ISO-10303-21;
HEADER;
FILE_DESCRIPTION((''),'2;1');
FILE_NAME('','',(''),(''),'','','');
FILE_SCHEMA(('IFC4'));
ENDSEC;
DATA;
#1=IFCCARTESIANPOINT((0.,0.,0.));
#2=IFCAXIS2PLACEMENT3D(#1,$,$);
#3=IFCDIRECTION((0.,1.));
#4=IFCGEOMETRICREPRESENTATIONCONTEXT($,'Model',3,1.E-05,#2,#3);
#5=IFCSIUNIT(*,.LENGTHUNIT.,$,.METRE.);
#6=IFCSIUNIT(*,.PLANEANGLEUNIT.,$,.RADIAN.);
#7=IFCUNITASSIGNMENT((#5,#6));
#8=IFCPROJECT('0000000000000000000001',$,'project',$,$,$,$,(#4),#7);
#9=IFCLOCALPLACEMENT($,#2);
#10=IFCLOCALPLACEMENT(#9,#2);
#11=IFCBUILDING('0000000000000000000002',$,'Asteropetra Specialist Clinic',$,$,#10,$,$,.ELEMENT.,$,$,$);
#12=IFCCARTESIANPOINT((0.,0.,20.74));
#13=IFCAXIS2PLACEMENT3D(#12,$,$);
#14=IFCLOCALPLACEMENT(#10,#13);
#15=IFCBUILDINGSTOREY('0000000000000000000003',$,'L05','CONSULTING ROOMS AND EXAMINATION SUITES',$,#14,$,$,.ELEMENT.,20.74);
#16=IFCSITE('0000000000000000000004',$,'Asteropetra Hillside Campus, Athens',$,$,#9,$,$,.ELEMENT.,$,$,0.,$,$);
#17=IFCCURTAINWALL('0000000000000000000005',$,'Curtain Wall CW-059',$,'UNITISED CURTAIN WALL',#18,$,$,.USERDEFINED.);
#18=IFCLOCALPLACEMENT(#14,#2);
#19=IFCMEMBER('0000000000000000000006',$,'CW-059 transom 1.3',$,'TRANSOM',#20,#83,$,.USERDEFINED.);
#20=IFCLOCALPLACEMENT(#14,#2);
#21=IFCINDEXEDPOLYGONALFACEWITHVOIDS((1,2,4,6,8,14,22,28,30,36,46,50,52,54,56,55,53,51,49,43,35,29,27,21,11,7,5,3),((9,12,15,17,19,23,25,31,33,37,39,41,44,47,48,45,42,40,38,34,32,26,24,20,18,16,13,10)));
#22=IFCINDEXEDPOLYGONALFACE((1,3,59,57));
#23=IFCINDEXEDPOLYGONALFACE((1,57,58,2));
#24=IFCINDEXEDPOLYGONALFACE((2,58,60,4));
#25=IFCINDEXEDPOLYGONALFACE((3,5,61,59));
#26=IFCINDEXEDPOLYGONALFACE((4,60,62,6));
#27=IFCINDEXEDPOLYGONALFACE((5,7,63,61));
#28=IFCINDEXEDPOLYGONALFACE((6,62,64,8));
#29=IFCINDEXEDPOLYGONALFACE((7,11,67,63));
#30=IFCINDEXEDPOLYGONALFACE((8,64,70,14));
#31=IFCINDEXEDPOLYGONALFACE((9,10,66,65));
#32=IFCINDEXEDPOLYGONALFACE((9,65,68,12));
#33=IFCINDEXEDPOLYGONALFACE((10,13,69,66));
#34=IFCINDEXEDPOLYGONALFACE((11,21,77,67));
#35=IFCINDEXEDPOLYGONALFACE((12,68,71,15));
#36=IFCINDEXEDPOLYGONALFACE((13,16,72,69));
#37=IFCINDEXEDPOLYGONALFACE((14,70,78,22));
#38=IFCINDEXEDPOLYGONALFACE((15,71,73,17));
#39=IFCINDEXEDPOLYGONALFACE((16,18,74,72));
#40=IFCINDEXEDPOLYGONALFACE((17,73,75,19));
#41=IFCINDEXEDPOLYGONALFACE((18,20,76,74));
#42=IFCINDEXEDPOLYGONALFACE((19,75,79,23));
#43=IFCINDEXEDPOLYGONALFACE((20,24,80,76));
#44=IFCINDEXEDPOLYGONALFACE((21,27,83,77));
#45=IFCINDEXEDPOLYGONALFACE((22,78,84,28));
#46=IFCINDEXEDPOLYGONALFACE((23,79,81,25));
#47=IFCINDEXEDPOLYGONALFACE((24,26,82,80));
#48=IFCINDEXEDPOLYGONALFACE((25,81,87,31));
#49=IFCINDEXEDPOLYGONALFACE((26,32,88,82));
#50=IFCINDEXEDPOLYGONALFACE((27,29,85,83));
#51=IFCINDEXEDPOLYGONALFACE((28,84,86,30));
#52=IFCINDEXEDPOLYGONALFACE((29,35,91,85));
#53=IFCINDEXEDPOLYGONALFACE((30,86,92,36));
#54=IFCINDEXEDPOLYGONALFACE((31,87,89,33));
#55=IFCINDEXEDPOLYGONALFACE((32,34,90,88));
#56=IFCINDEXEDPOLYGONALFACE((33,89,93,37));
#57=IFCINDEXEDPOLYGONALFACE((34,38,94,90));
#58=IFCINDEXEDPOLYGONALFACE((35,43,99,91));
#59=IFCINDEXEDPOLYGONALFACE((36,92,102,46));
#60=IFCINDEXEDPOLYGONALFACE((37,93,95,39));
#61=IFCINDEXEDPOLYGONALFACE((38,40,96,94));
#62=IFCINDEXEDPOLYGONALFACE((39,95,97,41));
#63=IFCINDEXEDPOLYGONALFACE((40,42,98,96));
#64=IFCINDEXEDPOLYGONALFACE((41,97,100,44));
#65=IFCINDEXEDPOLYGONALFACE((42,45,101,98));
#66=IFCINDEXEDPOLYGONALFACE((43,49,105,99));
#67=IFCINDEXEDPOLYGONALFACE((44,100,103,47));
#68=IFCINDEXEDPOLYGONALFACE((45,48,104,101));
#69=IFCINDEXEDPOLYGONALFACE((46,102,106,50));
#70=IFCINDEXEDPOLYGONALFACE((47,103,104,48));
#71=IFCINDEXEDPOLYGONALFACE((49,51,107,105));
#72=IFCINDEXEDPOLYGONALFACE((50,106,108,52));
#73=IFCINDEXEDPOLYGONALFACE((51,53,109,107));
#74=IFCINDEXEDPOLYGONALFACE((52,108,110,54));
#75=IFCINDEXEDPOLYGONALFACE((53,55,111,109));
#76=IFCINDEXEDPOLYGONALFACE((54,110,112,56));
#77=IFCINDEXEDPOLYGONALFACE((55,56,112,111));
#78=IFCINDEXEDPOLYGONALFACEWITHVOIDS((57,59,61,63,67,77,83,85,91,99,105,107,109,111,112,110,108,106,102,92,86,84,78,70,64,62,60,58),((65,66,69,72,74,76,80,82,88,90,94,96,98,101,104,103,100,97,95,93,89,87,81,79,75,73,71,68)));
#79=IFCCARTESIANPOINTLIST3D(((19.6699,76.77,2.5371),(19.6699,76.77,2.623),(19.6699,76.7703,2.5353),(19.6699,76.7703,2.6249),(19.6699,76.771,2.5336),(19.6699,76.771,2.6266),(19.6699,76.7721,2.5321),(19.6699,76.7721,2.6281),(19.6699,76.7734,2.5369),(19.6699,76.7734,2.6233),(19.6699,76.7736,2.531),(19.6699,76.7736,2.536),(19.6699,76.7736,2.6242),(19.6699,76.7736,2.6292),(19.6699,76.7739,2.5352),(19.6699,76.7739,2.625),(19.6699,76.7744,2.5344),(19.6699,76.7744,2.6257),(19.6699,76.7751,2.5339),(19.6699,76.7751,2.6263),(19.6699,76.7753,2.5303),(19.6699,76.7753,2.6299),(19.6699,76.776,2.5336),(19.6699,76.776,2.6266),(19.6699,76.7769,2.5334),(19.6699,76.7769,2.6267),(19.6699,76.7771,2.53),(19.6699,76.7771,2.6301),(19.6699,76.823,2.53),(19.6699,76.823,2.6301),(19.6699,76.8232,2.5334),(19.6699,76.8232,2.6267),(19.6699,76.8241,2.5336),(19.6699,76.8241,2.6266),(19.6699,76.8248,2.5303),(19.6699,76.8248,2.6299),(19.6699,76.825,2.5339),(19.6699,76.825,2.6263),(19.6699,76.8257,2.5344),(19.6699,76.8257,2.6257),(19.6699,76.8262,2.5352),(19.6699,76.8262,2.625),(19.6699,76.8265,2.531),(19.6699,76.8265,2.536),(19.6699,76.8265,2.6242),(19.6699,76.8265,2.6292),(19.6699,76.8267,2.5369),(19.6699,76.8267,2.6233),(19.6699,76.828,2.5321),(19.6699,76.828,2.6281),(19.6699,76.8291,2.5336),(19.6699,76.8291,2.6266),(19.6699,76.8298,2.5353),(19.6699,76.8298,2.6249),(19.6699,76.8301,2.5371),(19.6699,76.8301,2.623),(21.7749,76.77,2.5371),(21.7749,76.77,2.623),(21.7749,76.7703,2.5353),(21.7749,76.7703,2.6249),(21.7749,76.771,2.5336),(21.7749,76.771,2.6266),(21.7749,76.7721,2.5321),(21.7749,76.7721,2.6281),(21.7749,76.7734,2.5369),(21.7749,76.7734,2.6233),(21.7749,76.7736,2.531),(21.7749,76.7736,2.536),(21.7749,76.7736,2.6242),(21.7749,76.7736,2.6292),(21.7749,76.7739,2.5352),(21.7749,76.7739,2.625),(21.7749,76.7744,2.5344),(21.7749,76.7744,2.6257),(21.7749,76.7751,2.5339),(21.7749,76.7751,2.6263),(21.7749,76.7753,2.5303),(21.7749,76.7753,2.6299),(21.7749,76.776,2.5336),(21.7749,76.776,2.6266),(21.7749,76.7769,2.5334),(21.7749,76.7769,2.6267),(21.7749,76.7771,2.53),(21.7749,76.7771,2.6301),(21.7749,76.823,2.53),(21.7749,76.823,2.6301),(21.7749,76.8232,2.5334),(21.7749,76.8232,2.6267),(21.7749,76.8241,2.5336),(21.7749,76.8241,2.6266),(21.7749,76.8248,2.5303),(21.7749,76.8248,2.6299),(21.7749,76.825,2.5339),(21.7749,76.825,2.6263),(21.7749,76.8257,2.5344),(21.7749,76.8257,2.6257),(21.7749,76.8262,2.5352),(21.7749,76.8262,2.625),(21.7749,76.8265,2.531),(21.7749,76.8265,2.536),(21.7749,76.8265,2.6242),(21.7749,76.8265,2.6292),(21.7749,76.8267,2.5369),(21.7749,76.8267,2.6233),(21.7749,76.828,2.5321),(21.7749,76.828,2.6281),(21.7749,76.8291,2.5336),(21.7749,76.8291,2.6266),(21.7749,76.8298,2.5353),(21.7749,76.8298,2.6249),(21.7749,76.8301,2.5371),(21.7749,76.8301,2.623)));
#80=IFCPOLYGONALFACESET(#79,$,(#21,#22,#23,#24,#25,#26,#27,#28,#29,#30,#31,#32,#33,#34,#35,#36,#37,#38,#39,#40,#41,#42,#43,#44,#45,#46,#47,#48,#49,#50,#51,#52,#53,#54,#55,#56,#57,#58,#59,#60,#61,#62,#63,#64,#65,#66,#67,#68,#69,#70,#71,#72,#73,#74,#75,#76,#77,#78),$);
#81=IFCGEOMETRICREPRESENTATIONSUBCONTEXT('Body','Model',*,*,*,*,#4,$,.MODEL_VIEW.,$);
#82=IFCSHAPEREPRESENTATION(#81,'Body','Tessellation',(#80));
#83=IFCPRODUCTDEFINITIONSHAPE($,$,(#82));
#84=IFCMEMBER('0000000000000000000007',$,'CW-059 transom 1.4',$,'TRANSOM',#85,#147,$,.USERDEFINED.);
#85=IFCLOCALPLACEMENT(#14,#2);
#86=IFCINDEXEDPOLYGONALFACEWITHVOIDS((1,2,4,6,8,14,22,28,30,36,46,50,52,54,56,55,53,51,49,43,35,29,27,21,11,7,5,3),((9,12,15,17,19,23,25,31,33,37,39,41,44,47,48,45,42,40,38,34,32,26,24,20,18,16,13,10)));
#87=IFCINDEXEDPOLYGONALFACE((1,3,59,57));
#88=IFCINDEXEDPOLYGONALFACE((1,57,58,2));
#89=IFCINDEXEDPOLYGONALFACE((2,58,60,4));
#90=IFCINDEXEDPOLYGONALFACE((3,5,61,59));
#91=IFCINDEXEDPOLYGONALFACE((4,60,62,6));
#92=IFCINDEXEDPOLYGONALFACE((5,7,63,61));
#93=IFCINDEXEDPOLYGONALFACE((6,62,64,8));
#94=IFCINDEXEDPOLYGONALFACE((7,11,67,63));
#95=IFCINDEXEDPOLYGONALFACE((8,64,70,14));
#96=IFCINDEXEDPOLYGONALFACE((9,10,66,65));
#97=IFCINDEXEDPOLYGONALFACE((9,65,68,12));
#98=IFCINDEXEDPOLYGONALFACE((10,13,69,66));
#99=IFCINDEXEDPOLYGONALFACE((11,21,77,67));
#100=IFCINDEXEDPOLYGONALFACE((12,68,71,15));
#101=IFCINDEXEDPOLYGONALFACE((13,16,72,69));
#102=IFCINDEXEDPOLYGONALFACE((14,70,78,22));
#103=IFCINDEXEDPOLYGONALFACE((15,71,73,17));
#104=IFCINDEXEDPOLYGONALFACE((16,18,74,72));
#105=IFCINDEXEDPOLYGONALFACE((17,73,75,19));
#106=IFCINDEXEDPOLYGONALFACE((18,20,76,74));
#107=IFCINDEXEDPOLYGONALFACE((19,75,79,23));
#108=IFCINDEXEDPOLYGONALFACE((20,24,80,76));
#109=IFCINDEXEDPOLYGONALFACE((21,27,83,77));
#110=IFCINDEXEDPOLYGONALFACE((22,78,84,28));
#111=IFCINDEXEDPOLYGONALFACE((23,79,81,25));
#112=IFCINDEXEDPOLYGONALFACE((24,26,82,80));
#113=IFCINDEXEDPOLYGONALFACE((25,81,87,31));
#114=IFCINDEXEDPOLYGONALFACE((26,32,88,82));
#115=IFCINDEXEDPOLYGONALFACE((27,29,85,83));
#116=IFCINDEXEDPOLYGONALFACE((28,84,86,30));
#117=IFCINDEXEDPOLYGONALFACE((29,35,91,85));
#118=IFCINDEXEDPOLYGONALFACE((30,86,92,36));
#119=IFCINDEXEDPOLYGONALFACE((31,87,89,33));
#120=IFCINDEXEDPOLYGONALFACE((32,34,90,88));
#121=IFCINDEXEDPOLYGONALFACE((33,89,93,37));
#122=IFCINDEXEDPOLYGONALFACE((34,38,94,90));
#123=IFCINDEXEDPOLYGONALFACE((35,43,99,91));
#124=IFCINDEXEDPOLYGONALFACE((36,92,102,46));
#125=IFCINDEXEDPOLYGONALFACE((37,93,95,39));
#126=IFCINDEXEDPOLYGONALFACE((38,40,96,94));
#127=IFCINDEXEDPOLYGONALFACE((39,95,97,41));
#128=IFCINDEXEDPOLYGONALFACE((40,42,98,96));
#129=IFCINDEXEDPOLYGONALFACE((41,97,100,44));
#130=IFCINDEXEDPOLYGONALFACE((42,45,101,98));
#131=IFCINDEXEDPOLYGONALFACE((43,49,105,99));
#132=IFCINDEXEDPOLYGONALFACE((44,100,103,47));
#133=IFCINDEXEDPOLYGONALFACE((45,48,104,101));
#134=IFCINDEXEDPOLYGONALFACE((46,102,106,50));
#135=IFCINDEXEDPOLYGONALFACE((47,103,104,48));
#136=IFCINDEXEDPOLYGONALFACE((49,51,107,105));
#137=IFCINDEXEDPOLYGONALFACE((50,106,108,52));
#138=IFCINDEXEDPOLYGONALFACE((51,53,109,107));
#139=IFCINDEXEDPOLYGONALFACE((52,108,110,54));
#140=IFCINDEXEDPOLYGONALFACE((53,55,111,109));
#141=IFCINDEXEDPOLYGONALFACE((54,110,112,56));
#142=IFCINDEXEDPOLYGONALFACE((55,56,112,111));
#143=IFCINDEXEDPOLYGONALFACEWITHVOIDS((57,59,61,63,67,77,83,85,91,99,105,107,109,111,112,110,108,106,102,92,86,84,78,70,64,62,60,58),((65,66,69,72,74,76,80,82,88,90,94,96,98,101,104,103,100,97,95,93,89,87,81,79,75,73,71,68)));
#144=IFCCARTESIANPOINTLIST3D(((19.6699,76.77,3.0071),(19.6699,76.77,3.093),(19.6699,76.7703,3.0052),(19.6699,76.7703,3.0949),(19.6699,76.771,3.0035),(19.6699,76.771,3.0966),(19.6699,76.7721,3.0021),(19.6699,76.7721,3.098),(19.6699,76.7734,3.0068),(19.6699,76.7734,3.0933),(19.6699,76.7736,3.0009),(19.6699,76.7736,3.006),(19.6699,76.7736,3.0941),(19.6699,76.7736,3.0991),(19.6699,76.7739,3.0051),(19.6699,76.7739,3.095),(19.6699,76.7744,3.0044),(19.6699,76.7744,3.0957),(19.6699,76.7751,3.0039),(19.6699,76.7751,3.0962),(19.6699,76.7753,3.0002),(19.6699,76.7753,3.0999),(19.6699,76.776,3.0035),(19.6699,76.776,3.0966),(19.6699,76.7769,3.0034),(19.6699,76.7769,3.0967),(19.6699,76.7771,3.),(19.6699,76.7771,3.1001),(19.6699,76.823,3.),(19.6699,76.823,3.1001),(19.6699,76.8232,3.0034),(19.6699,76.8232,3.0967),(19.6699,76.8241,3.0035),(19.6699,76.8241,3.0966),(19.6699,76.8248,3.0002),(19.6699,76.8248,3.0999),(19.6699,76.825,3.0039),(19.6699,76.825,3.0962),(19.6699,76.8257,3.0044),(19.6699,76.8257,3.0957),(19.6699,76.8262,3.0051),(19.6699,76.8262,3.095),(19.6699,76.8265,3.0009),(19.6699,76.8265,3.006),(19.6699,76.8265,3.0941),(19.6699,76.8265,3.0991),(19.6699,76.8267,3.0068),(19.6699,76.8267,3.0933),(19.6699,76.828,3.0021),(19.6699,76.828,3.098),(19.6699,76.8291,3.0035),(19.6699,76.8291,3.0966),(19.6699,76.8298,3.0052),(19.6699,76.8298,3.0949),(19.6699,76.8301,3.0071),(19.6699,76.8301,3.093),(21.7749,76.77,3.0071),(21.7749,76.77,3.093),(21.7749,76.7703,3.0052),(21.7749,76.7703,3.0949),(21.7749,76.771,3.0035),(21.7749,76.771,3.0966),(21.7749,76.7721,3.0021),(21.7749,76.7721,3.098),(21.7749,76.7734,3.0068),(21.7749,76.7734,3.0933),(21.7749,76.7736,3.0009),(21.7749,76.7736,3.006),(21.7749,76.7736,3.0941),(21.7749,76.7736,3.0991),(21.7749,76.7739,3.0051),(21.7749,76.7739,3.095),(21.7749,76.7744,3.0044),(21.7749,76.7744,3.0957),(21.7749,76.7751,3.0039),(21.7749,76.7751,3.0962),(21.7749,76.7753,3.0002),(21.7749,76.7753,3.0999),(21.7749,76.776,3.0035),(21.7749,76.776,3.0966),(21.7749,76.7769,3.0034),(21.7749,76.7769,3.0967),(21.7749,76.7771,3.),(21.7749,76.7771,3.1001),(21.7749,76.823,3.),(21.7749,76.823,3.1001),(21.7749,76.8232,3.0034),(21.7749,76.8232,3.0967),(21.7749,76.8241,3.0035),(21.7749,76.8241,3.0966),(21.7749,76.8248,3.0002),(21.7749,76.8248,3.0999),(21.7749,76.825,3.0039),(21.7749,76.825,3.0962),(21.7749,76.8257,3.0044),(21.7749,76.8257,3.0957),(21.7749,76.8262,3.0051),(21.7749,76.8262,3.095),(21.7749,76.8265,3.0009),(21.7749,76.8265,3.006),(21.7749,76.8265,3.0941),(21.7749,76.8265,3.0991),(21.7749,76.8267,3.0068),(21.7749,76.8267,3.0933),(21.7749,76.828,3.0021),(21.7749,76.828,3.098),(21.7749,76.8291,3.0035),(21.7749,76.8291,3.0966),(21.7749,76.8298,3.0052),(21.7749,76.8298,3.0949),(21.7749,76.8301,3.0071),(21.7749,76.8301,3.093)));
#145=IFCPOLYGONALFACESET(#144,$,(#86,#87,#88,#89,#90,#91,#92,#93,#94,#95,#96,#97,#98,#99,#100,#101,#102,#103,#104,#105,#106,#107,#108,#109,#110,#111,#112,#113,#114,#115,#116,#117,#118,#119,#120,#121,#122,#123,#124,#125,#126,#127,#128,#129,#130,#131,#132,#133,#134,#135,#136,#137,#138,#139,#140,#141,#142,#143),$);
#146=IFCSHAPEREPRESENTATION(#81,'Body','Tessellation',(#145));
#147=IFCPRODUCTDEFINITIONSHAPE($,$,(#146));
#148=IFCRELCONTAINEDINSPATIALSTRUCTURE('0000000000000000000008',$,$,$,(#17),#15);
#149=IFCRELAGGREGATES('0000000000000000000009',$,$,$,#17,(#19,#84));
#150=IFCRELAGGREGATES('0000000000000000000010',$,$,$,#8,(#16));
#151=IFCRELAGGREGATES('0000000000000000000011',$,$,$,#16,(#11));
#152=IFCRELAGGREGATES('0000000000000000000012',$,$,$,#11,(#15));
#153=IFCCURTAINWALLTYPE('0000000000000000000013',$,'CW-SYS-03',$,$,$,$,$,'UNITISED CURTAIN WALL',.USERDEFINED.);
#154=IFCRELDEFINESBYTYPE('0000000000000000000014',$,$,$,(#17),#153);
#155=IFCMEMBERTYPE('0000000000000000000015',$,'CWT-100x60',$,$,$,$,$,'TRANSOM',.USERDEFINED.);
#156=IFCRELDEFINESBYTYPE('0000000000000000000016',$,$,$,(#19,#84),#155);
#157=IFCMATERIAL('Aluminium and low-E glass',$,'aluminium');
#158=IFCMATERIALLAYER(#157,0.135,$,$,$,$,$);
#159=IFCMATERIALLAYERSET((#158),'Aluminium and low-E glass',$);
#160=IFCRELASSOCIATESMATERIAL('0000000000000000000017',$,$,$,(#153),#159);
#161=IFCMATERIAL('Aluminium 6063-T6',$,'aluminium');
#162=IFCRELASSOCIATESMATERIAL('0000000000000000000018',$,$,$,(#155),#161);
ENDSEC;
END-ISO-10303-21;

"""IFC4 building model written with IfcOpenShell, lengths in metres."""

from ifc_helpers import new_model, si_unit, direction, frame, origin, origin_2d, place, context, subcontext, project, spatial, hollow_rectangle, extrude, material, layer, layer_set, material_profile, profile_set, type_object, element, aggregate, save


model = new_model("IFC4")

# Units and contexts
model_context = context("Model", 3, precision=1e-05, world=origin(), true_north=direction((0.0, 1.0)))
body_context = subcontext(model_context, "Body", "Model", "MODEL_VIEW")
ifc_project = project(units=[si_unit("LENGTHUNIT", "METRE"), si_unit("PLANEANGLEUNIT", "RADIAN")], contexts=[model_context])

# Site, building, storey
site_placement = place(None, origin())
site = spatial("IfcSite", under=ifc_project, at=site_placement, Name="Asteropetra Hillside Campus, Athens", CompositionType="ELEMENT", RefElevation=0.0)
building_placement = place(site_placement, origin())
building = spatial("IfcBuilding", under=site, at=building_placement, Name="Asteropetra Specialist Clinic", CompositionType="ELEMENT")
storey_placement = place(building_placement, frame((0.0, 0.0, 20.74)))
storey = spatial("IfcBuildingStorey", under=building, at=storey_placement, Name="L05", Description="CONSULTING ROOMS AND EXAMINATION SUITES", CompositionType="ELEMENT", Elevation=20.74)

# Curtain wall
ifc_material_1 = material(Name="Aluminium and low-E glass", Category="aluminium")
ifc_layer_1 = layer(ifc_material_1, 0.135)
ifc_layer_set_1 = layer_set([ifc_layer_1], Name="Aluminium and low-E glass")
curtain_wall_type_1 = type_object("IfcCurtainWallType", Name="CW-SYS-03", ElementType="UNITISED CURTAIN WALL", PredefinedType="USERDEFINED", material=ifc_layer_set_1)
curtain_wall_1_placement = place(storey_placement, origin())
curtain_wall_1 = element("IfcCurtainWall", 1, at=curtain_wall_1_placement, inside=storey, type_object=curtain_wall_type_1, Name="Curtain Wall CW-059", ObjectType="UNITISED CURTAIN WALL", PredefinedType="USERDEFINED")

# Members
ifc_material_2 = material(Name="Aluminium 6063-T6", Category="aluminium")
ifc_material_profile_1 = material_profile(ifc_material_2, hollow_rectangle(XDim=0.0601, YDim=0.1001, WallThickness=0.0034, InnerFilletRadius=0.0034, OuterFilletRadius=0.0071, at=origin_2d()), Name="TRN 100x60x3.5")
ifc_profile_set_1 = profile_set([ifc_material_profile_1], Name="Aluminium 6063-T6")
member_type_1 = type_object("IfcMemberType", Name="CWT-100x60", ElementType="TRANSOM", PredefinedType="USERDEFINED", material=ifc_profile_set_1)
member_1_placement = place(storey_placement, frame((19.6699, 76.8, 2.5801), z_axis=(1.0, 0.0, 0.0), x_axis=(0.0, 1.0, 0.0)))
member_1 = element("IfcMember", 2, at=member_1_placement, type_object=member_type_1, Name="CW-059 transom 1.3", ObjectType="TRANSOM", PredefinedType="USERDEFINED", context=body_context, shape_type="SweptSolid", body=[
    extrude(hollow_rectangle(XDim=0.0601, YDim=0.1001, WallThickness=0.0034, InnerFilletRadius=0.0034, OuterFilletRadius=0.0071, at=origin_2d()), origin(), (0.0, 0.0, 1.0), 2.105),
])
member_2_placement = place(storey_placement, frame((19.6699, 76.8, 3.05), z_axis=(1.0, 0.0, 0.0), x_axis=(0.0, 1.0, 0.0)))
member_2 = element("IfcMember", 3, at=member_2_placement, type_object=member_type_1, Name="CW-059 transom 1.4", ObjectType="TRANSOM", PredefinedType="USERDEFINED", context=body_context, shape_type="SweptSolid", body=[
    extrude(hollow_rectangle(XDim=0.0601, YDim=0.1001, WallThickness=0.0034, InnerFilletRadius=0.0034, OuterFilletRadius=0.0071, at=origin_2d()), origin(), (0.0, 0.0, 1.0), 2.105),
])

aggregate(curtain_wall_1, [member_1, member_2])

save(model, "model.ifc")
